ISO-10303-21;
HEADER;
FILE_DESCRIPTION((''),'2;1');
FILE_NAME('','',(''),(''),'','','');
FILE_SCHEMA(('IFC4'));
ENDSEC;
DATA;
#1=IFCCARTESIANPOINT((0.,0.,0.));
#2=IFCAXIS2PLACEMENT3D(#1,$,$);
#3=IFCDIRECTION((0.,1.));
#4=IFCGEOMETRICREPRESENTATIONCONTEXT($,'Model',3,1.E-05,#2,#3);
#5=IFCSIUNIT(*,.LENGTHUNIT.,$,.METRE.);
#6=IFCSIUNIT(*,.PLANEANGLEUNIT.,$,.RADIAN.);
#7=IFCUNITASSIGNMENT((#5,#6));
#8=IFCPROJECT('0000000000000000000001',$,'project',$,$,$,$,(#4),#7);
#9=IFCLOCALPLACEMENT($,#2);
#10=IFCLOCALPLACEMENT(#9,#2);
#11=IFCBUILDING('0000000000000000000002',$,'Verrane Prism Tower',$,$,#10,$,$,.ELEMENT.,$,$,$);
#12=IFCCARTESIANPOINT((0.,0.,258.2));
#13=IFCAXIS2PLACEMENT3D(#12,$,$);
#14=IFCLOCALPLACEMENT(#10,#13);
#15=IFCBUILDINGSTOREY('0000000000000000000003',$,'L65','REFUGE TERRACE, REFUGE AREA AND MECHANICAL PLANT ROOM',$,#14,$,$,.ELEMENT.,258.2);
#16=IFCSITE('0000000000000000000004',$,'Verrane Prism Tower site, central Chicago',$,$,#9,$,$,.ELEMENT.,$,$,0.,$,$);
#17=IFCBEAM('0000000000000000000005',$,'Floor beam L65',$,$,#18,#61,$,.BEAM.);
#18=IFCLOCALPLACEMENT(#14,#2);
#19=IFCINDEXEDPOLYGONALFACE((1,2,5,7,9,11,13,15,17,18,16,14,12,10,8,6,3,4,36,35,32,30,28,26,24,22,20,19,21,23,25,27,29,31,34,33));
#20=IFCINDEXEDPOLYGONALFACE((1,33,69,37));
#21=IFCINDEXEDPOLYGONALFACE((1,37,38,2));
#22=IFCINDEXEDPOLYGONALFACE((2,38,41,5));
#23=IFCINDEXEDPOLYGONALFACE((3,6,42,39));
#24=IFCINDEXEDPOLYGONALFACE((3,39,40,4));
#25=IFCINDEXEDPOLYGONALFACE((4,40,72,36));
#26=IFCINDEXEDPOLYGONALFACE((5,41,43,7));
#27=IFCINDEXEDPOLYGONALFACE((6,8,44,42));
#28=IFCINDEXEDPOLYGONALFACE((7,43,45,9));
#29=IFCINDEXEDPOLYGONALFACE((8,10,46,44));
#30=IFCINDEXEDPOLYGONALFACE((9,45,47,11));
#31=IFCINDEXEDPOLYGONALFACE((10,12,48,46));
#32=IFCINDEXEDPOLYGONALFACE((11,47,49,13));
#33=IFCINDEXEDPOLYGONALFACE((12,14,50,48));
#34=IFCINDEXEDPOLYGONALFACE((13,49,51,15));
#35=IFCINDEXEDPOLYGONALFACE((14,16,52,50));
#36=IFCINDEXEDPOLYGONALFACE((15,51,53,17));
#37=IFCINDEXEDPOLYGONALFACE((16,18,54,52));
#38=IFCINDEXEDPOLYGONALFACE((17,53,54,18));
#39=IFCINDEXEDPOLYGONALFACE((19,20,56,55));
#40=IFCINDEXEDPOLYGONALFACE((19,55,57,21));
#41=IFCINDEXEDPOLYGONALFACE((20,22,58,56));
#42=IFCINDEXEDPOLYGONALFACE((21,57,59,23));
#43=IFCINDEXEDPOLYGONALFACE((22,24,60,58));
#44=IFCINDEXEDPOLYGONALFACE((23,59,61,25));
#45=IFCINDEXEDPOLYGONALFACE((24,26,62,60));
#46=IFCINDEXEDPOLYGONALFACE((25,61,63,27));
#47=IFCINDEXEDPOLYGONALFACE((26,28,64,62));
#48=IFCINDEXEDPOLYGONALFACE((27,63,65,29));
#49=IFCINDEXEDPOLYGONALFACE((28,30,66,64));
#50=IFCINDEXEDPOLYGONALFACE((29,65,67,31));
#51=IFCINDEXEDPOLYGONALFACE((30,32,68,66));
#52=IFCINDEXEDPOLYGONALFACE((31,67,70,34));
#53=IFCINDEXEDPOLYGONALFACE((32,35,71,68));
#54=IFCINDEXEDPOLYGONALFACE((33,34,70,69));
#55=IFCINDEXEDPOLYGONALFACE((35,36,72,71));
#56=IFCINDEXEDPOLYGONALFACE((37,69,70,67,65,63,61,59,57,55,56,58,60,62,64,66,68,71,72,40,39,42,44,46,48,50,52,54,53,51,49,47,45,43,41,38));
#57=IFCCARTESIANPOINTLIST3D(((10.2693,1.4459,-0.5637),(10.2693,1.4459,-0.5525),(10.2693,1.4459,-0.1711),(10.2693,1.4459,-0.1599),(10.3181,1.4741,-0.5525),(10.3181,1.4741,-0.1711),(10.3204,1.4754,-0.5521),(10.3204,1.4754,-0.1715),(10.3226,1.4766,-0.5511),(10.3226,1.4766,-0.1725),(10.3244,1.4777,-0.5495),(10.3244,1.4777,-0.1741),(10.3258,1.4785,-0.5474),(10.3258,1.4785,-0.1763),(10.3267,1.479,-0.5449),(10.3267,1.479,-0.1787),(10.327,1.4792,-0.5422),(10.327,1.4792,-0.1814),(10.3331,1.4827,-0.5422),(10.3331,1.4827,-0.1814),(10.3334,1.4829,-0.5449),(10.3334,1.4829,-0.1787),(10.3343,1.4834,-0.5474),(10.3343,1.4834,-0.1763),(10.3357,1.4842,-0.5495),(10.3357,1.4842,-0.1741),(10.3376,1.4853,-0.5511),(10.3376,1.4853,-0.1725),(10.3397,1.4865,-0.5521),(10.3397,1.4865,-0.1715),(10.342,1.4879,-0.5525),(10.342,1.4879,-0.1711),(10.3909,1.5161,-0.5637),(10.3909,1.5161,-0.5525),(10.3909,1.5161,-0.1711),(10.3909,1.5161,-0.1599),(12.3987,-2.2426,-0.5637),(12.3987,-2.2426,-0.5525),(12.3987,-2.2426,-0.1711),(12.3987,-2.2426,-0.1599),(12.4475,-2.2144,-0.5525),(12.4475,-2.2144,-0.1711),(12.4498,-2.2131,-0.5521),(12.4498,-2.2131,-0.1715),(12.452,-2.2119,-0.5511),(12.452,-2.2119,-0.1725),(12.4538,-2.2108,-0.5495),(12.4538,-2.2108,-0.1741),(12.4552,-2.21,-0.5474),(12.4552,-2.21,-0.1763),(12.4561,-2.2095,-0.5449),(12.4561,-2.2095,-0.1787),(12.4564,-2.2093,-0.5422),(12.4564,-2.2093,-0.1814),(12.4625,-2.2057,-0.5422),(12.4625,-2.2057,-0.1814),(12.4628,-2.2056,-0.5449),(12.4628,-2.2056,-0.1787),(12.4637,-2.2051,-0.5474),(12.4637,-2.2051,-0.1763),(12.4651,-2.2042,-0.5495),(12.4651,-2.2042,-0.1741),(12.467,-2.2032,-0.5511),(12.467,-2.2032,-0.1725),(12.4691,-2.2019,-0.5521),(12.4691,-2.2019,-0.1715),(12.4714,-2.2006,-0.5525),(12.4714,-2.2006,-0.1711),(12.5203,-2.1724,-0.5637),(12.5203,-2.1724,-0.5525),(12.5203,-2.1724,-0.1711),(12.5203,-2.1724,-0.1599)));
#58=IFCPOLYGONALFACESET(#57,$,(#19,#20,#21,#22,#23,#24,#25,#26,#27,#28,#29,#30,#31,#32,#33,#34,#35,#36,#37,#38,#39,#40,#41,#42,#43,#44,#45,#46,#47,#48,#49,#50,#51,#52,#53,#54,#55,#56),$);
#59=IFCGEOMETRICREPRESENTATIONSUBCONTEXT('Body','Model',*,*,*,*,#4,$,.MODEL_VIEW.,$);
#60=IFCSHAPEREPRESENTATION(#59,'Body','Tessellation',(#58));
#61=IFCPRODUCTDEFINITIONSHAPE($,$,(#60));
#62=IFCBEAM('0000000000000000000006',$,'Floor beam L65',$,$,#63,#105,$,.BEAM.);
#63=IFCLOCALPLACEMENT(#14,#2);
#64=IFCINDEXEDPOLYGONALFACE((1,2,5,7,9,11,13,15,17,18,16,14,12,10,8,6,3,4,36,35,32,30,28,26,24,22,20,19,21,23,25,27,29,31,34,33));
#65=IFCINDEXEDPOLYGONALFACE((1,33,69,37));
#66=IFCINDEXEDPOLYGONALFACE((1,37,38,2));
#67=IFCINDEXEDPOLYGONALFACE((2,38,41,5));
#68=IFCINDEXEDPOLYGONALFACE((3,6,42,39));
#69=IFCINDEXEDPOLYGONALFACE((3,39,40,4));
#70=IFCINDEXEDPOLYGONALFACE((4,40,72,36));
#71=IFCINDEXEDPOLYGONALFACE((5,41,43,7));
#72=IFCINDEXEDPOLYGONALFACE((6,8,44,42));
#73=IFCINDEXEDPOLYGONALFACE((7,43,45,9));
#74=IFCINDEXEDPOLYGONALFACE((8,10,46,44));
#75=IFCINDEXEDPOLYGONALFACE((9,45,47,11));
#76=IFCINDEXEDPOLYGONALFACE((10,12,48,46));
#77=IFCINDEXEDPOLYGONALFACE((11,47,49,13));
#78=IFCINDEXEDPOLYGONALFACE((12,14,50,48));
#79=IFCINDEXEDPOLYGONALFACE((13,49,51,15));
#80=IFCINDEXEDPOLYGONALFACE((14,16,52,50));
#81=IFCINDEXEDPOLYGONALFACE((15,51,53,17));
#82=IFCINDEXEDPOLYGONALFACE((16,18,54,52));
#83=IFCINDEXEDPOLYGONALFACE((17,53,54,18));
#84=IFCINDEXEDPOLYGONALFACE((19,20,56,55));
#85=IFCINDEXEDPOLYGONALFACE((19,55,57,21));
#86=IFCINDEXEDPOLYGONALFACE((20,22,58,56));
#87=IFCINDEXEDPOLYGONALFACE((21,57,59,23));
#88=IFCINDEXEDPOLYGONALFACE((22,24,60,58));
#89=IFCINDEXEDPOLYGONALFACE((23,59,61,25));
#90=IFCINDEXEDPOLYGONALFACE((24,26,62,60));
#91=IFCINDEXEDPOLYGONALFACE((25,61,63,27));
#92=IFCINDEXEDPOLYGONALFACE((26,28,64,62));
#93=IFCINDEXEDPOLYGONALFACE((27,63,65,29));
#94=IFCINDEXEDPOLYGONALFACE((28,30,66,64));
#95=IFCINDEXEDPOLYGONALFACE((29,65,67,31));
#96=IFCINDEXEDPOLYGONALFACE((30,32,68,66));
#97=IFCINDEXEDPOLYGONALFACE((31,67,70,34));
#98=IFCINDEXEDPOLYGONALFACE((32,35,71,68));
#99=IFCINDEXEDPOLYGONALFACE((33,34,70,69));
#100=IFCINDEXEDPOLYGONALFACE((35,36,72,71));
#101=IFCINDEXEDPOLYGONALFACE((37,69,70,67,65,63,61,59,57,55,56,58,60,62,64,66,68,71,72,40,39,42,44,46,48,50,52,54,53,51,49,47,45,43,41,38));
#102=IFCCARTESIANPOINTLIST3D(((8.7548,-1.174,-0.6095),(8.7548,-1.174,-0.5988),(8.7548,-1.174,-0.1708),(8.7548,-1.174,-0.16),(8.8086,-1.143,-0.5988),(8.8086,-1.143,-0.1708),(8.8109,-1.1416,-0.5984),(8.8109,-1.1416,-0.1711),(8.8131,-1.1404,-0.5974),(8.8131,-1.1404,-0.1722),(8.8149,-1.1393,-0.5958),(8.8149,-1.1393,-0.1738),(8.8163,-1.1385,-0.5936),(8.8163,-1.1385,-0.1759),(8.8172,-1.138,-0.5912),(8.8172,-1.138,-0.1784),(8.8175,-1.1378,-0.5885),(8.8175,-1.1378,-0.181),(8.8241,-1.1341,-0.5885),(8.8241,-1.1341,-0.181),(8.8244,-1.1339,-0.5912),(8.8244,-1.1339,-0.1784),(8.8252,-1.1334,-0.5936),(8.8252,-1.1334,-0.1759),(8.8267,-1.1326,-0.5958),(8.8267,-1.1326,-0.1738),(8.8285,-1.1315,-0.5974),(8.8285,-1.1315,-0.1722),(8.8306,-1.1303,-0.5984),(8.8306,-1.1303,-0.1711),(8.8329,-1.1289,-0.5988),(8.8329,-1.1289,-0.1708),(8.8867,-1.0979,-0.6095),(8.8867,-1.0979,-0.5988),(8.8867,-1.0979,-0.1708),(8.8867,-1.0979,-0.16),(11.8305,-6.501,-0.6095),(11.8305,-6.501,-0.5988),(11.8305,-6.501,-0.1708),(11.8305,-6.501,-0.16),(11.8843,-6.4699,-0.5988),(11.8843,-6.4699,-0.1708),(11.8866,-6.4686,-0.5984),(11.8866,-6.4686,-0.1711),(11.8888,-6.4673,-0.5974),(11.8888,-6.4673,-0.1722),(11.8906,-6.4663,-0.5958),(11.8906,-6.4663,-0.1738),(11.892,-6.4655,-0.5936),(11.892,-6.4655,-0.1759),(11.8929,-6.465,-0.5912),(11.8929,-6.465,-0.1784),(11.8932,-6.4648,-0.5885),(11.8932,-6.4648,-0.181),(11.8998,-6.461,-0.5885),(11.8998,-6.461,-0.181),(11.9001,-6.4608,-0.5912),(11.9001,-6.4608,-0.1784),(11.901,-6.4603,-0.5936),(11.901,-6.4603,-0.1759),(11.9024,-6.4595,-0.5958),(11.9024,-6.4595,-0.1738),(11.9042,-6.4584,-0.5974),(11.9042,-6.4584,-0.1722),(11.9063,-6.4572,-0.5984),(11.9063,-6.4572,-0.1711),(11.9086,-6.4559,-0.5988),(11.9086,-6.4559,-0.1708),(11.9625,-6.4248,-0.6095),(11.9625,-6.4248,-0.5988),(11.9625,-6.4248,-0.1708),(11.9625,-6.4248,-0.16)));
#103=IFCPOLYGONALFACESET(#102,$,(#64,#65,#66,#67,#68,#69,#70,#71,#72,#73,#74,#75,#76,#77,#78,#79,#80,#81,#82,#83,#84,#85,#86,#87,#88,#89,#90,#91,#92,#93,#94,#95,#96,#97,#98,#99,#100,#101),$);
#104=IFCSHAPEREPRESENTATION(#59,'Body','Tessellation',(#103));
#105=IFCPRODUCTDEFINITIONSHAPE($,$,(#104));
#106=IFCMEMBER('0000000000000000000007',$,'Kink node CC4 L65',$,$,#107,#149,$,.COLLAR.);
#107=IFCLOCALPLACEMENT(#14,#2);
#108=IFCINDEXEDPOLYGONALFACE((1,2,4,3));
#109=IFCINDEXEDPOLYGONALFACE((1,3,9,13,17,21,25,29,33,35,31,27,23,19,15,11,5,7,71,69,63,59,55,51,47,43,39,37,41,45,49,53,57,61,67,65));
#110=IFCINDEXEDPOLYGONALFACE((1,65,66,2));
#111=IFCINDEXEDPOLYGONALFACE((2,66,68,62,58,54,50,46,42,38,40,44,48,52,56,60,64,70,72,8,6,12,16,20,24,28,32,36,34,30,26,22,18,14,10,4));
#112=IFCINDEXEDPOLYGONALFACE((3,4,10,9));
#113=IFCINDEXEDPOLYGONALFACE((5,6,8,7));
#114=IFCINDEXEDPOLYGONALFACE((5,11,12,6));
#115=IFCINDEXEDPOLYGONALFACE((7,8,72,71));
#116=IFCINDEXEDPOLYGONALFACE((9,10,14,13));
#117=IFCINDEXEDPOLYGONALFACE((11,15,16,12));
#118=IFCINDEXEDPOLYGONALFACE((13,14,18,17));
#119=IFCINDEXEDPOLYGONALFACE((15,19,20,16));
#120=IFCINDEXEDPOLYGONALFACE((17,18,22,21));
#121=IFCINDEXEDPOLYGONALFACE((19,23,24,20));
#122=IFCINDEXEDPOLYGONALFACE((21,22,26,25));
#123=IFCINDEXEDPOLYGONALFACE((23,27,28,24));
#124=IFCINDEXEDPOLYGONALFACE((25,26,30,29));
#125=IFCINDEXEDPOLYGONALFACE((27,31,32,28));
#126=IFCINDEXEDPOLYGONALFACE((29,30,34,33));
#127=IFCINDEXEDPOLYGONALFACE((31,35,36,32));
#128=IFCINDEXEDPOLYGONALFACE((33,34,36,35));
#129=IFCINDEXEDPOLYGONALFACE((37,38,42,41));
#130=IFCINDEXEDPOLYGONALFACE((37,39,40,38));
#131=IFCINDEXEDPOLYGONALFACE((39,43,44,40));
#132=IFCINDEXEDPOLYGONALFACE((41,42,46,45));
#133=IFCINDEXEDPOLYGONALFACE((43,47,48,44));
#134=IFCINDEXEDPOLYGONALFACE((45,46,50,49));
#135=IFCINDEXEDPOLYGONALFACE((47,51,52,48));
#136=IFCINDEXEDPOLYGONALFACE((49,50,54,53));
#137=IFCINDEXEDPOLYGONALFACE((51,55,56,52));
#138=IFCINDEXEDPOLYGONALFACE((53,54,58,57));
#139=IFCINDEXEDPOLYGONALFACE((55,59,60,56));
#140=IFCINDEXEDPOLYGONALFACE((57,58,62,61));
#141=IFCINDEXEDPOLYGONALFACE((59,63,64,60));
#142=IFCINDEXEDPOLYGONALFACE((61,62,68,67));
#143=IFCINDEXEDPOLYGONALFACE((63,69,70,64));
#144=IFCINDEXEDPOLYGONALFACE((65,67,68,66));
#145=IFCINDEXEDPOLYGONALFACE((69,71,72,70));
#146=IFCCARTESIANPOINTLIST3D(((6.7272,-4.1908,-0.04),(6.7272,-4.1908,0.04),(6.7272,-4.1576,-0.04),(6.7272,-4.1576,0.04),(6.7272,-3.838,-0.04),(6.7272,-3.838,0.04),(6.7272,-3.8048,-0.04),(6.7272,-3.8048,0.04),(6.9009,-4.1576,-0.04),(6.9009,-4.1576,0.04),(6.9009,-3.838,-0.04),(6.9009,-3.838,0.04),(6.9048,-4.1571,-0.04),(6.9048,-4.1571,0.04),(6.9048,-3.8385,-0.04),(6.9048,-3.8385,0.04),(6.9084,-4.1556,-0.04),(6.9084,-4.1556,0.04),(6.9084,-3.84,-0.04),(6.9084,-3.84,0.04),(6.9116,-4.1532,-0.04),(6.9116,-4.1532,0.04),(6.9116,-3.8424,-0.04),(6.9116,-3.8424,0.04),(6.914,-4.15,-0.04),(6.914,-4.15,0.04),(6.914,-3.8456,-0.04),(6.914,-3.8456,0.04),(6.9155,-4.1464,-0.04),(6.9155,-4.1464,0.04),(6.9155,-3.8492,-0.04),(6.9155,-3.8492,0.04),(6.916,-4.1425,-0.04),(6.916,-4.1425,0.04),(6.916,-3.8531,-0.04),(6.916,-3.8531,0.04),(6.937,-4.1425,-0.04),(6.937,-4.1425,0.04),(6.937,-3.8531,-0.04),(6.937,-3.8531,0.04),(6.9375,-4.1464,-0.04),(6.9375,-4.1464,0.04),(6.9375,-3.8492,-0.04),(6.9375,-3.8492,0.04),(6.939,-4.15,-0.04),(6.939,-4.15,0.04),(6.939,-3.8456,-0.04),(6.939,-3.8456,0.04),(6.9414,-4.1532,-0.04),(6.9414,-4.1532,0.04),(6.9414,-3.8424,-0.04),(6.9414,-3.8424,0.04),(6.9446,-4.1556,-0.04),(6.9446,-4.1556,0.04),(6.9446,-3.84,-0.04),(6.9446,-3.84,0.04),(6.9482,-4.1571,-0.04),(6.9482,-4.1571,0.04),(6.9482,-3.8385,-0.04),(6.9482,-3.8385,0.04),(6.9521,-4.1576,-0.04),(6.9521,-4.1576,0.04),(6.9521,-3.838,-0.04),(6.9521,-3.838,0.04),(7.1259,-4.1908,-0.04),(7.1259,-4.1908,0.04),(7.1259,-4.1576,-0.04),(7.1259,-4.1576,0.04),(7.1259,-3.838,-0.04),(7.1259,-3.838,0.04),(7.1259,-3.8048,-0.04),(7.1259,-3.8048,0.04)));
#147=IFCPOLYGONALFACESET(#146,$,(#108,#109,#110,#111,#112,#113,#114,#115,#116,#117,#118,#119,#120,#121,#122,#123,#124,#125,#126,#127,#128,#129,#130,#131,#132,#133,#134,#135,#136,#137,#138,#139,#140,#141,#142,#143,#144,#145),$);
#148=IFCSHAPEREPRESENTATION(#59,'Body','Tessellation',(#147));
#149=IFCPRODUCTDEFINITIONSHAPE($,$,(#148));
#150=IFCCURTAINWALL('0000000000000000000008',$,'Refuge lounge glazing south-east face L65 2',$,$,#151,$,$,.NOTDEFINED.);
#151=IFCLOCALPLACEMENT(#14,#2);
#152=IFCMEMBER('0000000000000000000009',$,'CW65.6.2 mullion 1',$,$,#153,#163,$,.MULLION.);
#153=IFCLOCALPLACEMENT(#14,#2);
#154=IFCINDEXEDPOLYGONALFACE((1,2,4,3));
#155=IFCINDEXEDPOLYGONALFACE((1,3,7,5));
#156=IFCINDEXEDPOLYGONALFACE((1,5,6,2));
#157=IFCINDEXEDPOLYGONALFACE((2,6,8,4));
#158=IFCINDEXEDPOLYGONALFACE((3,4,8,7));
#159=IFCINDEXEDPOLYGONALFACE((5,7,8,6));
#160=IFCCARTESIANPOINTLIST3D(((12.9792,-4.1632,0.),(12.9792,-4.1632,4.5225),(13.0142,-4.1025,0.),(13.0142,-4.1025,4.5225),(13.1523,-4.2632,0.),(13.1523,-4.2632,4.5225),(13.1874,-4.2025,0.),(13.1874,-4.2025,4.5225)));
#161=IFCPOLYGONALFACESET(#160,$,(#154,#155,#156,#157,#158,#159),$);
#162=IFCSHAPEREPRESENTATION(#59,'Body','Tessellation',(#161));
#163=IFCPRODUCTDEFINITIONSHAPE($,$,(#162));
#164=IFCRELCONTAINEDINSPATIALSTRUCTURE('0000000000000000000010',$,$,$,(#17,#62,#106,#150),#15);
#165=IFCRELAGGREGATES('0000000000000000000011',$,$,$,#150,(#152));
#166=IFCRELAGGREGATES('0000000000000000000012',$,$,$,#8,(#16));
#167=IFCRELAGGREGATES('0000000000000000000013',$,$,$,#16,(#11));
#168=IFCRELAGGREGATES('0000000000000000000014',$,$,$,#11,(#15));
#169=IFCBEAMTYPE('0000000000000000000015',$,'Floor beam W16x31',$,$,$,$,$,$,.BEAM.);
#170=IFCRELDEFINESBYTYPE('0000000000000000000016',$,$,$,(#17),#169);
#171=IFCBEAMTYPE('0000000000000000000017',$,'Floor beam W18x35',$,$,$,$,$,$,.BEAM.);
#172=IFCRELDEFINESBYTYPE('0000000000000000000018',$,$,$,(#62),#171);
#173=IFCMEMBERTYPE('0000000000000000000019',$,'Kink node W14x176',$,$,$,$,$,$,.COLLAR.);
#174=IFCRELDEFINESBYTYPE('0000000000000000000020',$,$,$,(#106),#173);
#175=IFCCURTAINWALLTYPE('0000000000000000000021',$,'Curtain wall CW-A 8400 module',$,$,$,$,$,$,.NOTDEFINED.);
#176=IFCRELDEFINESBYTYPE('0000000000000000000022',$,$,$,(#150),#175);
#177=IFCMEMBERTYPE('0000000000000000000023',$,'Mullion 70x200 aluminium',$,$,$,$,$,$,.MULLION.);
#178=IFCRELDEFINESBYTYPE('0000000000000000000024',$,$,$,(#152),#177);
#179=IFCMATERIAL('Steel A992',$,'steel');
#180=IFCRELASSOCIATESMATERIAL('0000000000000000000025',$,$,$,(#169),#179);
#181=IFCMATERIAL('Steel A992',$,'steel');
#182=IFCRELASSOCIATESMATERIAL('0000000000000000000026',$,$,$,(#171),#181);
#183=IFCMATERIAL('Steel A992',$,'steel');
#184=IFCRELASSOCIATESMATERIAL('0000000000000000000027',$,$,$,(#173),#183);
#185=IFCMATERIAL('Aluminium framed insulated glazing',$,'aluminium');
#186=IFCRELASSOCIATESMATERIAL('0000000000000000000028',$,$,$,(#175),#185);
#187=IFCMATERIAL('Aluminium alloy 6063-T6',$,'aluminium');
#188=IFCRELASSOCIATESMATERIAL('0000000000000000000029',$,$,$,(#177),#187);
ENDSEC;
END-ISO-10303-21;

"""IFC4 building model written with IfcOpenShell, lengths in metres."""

from ifc_helpers import new_model, si_unit, direction, frame, origin, origin_2d, place, context, subcontext, project, spatial, rectangle, i_section, extrude, material, material_profile, profile_set, type_object, element, aggregate, save


model = new_model("IFC4")

# Units and contexts
model_context = context("Model", 3, precision=1e-05, world=origin(), true_north=direction((0.0, 1.0)))
body_context = subcontext(model_context, "Body", "Model", "MODEL_VIEW")
ifc_project = project(units=[si_unit("LENGTHUNIT", "METRE"), si_unit("PLANEANGLEUNIT", "RADIAN")], contexts=[model_context])

# Site, building, storey
site_placement = place(None, origin())
site = spatial("IfcSite", under=ifc_project, at=site_placement, Name="Verrane Prism Tower site, central Chicago", CompositionType="ELEMENT", RefElevation=0.0)
building_placement = place(site_placement, origin())
building = spatial("IfcBuilding", under=site, at=building_placement, Name="Verrane Prism Tower", CompositionType="ELEMENT")
storey_placement = place(building_placement, frame((0.0, 0.0, 258.2)))
storey = spatial("IfcBuildingStorey", under=building, at=storey_placement, Name="L65", Description="REFUGE TERRACE, REFUGE AREA AND MECHANICAL PLANT ROOM", CompositionType="ELEMENT", Elevation=258.2)

# Beams
ifc_material_1 = material(Name="Steel A992", Category="steel")
ifc_material_profile_1 = material_profile(ifc_material_1, i_section(OverallWidth=0.1404, OverallDepth=0.4038, WebThickness=0.0071, FlangeThickness=0.0112, FilletRadius=0.0103, at=origin_2d()), Name="W16x31")
ifc_profile_set_1 = profile_set([ifc_material_profile_1], Name="Steel A992")
beam_type_1 = type_object("IfcBeamType", Name="Floor beam W16x31", PredefinedType="BEAM", material=ifc_profile_set_1)
beam_1_placement = place(storey_placement, frame((12.4595, -2.2075, -0.3618), z_axis=(-0.499974, 0.86604, 0.0), x_axis=(-0.86604, -0.499974, 0.0)))
element("IfcBeam", 1, at=beam_1_placement, inside=storey, type_object=beam_type_1, Name="Floor beam L65", PredefinedType="BEAM", context=body_context, shape_type="SweptSolid", body=[
    extrude(i_section(OverallWidth=0.1404, OverallDepth=0.4038, WebThickness=0.0071, FlangeThickness=0.0112, FilletRadius=0.0103, at=origin_2d()), origin(), (0.0, 0.0, 1.0), 4.259),
])
ifc_material_2 = material(Name="Steel A992", Category="steel")
ifc_material_profile_2 = material_profile(ifc_material_2, i_section(OverallWidth=0.1523, OverallDepth=0.4495, WebThickness=0.0076, FlangeThickness=0.0107, FilletRadius=0.0103, at=origin_2d()), Name="W18x35")
ifc_profile_set_2 = profile_set([ifc_material_profile_2], Name="Steel A992")
beam_type_2 = type_object("IfcBeamType", Name="Floor beam W18x35", PredefinedType="BEAM", material=ifc_profile_set_2)
beam_2_placement = place(storey_placement, frame((11.8965, -6.4629, -0.3848), z_axis=(-0.500024, 0.866012, 0.0), x_axis=(-0.866012, -0.500024, 0.0)))
element("IfcBeam", 2, at=beam_2_placement, inside=storey, type_object=beam_type_2, Name="Floor beam L65", PredefinedType="BEAM", context=body_context, shape_type="SweptSolid", body=[
    extrude(i_section(OverallWidth=0.1523, OverallDepth=0.4495, WebThickness=0.0076, FlangeThickness=0.0107, FilletRadius=0.0103, at=origin_2d()), origin(), (0.0, 0.0, 1.0), 6.1511),
])

# Member
ifc_material_3 = material(Name="Steel A992", Category="steel")
ifc_material_profile_3 = material_profile(ifc_material_3, i_section(OverallWidth=0.3987, OverallDepth=0.386, WebThickness=0.021, FlangeThickness=0.0332, FilletRadius=0.0151, at=origin_2d()), Name="W14x176")
ifc_profile_set_3 = profile_set([ifc_material_profile_3], Name="Steel A992")
member_type_1 = type_object("IfcMemberType", Name="Kink node W14x176", PredefinedType="COLLAR", material=ifc_profile_set_3)
member_1_placement = place(storey_placement, frame((6.9265, -3.9978, -0.04), z_axis=(0.0, 0.0, 1.0), x_axis=(1.0, 0.0, 0.0)))
element("IfcMember", 3, at=member_1_placement, inside=storey, type_object=member_type_1, Name="Kink node CC4 L65", PredefinedType="COLLAR", context=body_context, shape_type="SweptSolid", body=[
    extrude(i_section(OverallWidth=0.3987, OverallDepth=0.386, WebThickness=0.021, FlangeThickness=0.0332, FilletRadius=0.0151, at=origin_2d()), origin(), (0.0, 0.0, 1.0), 0.0801),
])

# Curtain wall, member
ifc_material_4 = material(Name="Aluminium framed insulated glazing", Category="aluminium")
curtain_wall_type = type_object("IfcCurtainWallType", Name="Curtain wall CW-A 8400 module", PredefinedType="NOTDEFINED", material=ifc_material_4)
curtain_wall_placement = place(storey_placement, origin())
curtain_wall = element("IfcCurtainWall", 4, at=curtain_wall_placement, inside=storey, type_object=curtain_wall_type, Name="Refuge lounge glazing south-east face L65 2", PredefinedType="NOTDEFINED")
ifc_material_5 = material(Name="Aluminium alloy 6063-T6", Category="aluminium")
ifc_material_profile_4 = material_profile(ifc_material_5, rectangle(XDim=0.2, YDim=0.0701, at=origin_2d()), Name="Mullion 70x200 aluminium")
ifc_profile_set_4 = profile_set([ifc_material_profile_4], Name="Aluminium alloy 6063-T6")
member_type_2 = type_object("IfcMemberType", Name="Mullion 70x200 aluminium", PredefinedType="MULLION", material=ifc_profile_set_4)
member_2_placement = place(storey_placement, frame((13.0833, -4.1829, 0.0), z_axis=(0.0, 0.0, 1.0), x_axis=(-0.866026, 0.499998, 0.0)))
member_2 = element("IfcMember", 5, at=member_2_placement, type_object=member_type_2, Name="CW65.6.2 mullion 1", PredefinedType="MULLION", context=body_context, shape_type="SweptSolid", body=[
    extrude(rectangle(XDim=0.2, YDim=0.0701, at=origin_2d()), origin(), (0.0, 0.0, 1.0), 4.5225),
])

aggregate(curtain_wall, [member_2])

save(model, "model.ifc")
